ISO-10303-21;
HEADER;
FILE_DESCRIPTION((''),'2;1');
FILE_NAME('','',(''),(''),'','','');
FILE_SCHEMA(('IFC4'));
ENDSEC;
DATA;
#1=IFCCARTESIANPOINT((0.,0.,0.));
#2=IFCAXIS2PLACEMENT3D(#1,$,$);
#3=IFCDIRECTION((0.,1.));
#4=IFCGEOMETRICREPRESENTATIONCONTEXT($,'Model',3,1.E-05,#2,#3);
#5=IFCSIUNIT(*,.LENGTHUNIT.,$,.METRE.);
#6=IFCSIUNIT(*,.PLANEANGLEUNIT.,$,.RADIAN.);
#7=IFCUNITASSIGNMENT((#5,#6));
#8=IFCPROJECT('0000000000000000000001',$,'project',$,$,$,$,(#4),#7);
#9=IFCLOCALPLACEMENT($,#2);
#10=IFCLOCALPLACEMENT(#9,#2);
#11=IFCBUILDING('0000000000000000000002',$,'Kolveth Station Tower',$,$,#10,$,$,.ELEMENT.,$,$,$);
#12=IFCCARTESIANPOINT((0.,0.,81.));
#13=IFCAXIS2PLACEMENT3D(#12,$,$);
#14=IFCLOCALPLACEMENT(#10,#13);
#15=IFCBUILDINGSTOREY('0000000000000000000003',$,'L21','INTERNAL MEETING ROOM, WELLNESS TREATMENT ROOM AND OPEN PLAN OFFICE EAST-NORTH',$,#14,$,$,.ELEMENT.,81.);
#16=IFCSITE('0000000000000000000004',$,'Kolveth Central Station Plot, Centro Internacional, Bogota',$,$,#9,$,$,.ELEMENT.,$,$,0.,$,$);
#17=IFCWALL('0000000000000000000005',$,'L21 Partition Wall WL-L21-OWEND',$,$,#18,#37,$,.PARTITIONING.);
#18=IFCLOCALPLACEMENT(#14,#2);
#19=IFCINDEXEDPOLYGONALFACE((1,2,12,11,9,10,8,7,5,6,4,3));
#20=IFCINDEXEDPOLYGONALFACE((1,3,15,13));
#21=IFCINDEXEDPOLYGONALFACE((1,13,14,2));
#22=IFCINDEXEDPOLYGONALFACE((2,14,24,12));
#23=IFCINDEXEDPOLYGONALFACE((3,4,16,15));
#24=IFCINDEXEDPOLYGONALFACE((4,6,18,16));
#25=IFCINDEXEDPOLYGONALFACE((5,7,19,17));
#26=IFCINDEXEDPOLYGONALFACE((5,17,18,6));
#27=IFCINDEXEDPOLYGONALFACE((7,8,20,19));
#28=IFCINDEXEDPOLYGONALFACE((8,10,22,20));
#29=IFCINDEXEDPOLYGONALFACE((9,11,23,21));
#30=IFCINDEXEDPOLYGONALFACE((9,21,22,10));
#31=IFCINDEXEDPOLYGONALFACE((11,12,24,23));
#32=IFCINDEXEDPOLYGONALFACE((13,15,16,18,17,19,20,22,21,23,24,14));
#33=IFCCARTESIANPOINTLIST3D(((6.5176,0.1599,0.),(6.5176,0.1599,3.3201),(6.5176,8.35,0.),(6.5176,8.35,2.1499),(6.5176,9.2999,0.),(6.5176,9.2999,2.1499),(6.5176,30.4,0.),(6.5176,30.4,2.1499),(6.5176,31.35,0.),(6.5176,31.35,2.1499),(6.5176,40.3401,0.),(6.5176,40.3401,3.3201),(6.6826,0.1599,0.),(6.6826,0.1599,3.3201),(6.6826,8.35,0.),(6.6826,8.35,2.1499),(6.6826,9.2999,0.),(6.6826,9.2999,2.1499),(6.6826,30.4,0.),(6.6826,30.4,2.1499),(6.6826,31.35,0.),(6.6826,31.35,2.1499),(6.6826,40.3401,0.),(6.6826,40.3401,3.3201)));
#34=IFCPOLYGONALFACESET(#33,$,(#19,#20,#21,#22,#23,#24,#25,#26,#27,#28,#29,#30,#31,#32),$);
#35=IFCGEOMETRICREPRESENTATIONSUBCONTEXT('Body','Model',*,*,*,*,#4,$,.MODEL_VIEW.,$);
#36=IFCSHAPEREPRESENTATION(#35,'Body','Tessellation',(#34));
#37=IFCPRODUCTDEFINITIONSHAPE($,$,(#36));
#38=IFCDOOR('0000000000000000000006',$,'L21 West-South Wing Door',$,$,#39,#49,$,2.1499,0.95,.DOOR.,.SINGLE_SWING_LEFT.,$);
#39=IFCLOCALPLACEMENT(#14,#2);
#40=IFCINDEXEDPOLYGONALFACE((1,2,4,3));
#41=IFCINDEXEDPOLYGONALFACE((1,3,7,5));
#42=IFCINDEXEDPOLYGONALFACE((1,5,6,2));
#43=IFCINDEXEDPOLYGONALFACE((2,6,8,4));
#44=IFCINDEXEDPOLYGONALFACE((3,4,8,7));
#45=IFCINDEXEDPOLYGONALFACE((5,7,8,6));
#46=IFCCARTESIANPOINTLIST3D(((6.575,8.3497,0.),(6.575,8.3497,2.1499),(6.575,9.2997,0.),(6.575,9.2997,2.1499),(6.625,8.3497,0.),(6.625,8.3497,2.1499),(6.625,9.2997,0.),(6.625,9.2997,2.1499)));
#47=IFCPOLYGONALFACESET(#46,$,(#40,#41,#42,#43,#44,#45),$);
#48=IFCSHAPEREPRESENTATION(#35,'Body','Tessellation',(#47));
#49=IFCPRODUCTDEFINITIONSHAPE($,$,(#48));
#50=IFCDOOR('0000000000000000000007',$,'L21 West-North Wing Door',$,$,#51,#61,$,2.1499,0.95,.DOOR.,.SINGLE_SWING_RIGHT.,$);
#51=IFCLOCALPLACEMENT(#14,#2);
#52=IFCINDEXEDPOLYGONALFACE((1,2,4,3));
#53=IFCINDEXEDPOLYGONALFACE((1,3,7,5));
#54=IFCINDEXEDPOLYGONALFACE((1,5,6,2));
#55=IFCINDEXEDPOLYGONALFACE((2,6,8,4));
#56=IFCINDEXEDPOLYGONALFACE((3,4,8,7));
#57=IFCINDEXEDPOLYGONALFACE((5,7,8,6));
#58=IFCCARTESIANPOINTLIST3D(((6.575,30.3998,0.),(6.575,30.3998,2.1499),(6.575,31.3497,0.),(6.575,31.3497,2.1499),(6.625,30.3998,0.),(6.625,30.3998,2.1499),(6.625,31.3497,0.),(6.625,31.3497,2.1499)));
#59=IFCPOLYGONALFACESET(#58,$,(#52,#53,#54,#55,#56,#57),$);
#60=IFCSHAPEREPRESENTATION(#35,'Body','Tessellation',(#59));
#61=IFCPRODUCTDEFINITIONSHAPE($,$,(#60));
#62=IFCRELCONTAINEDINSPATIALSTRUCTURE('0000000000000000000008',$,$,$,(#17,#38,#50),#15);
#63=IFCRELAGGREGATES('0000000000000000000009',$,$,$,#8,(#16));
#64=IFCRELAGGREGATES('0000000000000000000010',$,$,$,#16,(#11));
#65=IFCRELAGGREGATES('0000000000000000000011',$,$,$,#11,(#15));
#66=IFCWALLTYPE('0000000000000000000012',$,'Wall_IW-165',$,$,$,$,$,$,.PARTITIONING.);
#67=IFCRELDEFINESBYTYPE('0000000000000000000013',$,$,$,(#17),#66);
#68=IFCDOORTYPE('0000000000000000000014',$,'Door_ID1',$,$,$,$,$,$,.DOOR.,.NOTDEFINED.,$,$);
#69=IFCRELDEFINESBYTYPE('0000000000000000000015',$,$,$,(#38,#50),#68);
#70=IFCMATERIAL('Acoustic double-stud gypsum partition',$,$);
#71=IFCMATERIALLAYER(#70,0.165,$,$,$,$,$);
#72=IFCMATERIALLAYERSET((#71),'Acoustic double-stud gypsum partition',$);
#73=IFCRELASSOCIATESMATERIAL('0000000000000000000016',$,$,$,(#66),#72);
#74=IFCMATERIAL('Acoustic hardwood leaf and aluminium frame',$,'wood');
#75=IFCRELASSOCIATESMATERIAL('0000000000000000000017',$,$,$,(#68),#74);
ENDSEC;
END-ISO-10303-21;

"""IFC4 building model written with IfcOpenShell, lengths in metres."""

from ifc_helpers import new_model, si_unit, direction, frame, frame_2d, origin, place, context, subcontext, project, spatial, rectangle, extrude, material, layer, layer_set, type_object, element, fill, save


model = new_model("IFC4")

# Units and contexts
model_context = context("Model", 3, precision=1e-05, world=origin(), true_north=direction((0.0, 1.0)))
body_context = subcontext(model_context, "Body", "Model", "MODEL_VIEW")
ifc_project = project(units=[si_unit("LENGTHUNIT", "METRE"), si_unit("PLANEANGLEUNIT", "RADIAN")], contexts=[model_context])

# Site, building, storey
site_placement = place(None, origin())
site = spatial("IfcSite", under=ifc_project, at=site_placement, Name="Kolveth Central Station Plot, Centro Internacional, Bogota", CompositionType="ELEMENT", RefElevation=0.0)
building_placement = place(site_placement, origin())
building = spatial("IfcBuilding", under=site, at=building_placement, Name="Kolveth Station Tower", CompositionType="ELEMENT")
storey_placement = place(building_placement, frame((0.0, 0.0, 81.0)))
storey = spatial("IfcBuildingStorey", under=building, at=storey_placement, Name="L21", Description="INTERNAL MEETING ROOM, WELLNESS TREATMENT ROOM AND OPEN PLAN OFFICE EAST-NORTH", CompositionType="ELEMENT", Elevation=81.0)

# Wall, openings, doors
ifc_material_1 = material(Name="Acoustic double-stud gypsum partition")
ifc_layer = layer(ifc_material_1, 0.165)
ifc_layer_set = layer_set([ifc_layer], Name="Acoustic double-stud gypsum partition")
wall_type = type_object("IfcWallType", Name="Wall_IW-165", PredefinedType="PARTITIONING", material=ifc_layer_set)
ifc_material_2 = material(Name="Acoustic hardwood leaf and aluminium frame", Category="wood")
door_type_1 = type_object("IfcDoorType", Name="Door_ID1", OperationType="NOTDEFINED", PredefinedType="DOOR", material=ifc_material_2)
wall_1_placement = place(storey_placement, frame((6.6001, 0.1599, 0.0), z_axis=(0.0, 0.0, 1.0), x_axis=(0.0, 1.0, 0.0)))
wall_1 = element("IfcWall", 1, at=wall_1_placement, inside=storey, type_object=wall_type, Name="L21 Partition Wall WL-L21-OWEND", PredefinedType="PARTITIONING", context=body_context, shape_type="SweptSolid", body=[
    extrude(rectangle(XDim=40.1802, YDim=0.165, at=frame_2d((20.0901, 0.0))), origin(), (0.0, 0.0, 1.0), 3.3201),
])
opening_1_placement = place(wall_1_placement, frame((8.1899, 0.0, 0.0)))
opening_1 = element("IfcOpeningElement", 2, at=opening_1_placement, cuts=wall_1, PredefinedType="OPENING", context=body_context, shape_type="SweptSolid", body=[
    extrude(rectangle(XDim=0.95, YDim=2.1499, at=frame_2d((0.4751, 1.075))), frame((0.0, 0.0925, 0.0), z_axis=(0.0, -1.0, 0.0), x_axis=(1.0, 0.0, 0.0)), (0.0, 0.0, 1.0), 0.1851),
])
opening_2_placement = place(wall_1_placement, frame((30.24, 0.0, 0.0)))
opening_2 = element("IfcOpeningElement", 3, at=opening_2_placement, cuts=wall_1, PredefinedType="OPENING", context=body_context, shape_type="SweptSolid", body=[
    extrude(rectangle(XDim=0.95, YDim=2.1499, at=frame_2d((0.4751, 1.075))), frame((0.0, 0.0925, 0.0), z_axis=(0.0, -1.0, 0.0), x_axis=(1.0, 0.0, 0.0)), (0.0, 0.0, 1.0), 0.1851),
])
door_1_placement = place(opening_1_placement, frame((0.95, 0.0, 0.0), z_axis=(0.0, 0.0, 1.0), x_axis=(-1.0, 0.0, 0.0)))
door_1 = element("IfcDoor", 4, at=door_1_placement, inside=storey, type_object=door_type_1, Name="L21 West-South Wing Door", OperationType="SINGLE_SWING_LEFT", OverallHeight=2.1499, OverallWidth=0.95, PredefinedType="DOOR", context=body_context, shape_type="SweptSolid", body=[
    extrude(rectangle(XDim=0.95, YDim=2.1499, at=frame_2d((0.4751, 1.075))), frame((0.0, 0.0249, 0.0), z_axis=(0.0, -1.0, 0.0), x_axis=(1.0, 0.0, 0.0)), (0.0, 0.0, 1.0), 0.05),
])
fill(opening_1, door_1)
door_2_placement = place(opening_2_placement, frame((0.95, 0.0, 0.0), z_axis=(0.0, 0.0, 1.0), x_axis=(-1.0, 0.0, 0.0)))
door_2 = element("IfcDoor", 5, at=door_2_placement, inside=storey, type_object=door_type_1, Name="L21 West-North Wing Door", OperationType="SINGLE_SWING_RIGHT", OverallHeight=2.1499, OverallWidth=0.95, PredefinedType="DOOR", context=body_context, shape_type="SweptSolid", body=[
    extrude(rectangle(XDim=0.95, YDim=2.1499, at=frame_2d((0.4751, 1.075))), frame((0.0, 0.0249, 0.0), z_axis=(0.0, -1.0, 0.0), x_axis=(1.0, 0.0, 0.0)), (0.0, 0.0, 1.0), 0.05),
])
fill(opening_2, door_2)

save(model, "model.ifc")
